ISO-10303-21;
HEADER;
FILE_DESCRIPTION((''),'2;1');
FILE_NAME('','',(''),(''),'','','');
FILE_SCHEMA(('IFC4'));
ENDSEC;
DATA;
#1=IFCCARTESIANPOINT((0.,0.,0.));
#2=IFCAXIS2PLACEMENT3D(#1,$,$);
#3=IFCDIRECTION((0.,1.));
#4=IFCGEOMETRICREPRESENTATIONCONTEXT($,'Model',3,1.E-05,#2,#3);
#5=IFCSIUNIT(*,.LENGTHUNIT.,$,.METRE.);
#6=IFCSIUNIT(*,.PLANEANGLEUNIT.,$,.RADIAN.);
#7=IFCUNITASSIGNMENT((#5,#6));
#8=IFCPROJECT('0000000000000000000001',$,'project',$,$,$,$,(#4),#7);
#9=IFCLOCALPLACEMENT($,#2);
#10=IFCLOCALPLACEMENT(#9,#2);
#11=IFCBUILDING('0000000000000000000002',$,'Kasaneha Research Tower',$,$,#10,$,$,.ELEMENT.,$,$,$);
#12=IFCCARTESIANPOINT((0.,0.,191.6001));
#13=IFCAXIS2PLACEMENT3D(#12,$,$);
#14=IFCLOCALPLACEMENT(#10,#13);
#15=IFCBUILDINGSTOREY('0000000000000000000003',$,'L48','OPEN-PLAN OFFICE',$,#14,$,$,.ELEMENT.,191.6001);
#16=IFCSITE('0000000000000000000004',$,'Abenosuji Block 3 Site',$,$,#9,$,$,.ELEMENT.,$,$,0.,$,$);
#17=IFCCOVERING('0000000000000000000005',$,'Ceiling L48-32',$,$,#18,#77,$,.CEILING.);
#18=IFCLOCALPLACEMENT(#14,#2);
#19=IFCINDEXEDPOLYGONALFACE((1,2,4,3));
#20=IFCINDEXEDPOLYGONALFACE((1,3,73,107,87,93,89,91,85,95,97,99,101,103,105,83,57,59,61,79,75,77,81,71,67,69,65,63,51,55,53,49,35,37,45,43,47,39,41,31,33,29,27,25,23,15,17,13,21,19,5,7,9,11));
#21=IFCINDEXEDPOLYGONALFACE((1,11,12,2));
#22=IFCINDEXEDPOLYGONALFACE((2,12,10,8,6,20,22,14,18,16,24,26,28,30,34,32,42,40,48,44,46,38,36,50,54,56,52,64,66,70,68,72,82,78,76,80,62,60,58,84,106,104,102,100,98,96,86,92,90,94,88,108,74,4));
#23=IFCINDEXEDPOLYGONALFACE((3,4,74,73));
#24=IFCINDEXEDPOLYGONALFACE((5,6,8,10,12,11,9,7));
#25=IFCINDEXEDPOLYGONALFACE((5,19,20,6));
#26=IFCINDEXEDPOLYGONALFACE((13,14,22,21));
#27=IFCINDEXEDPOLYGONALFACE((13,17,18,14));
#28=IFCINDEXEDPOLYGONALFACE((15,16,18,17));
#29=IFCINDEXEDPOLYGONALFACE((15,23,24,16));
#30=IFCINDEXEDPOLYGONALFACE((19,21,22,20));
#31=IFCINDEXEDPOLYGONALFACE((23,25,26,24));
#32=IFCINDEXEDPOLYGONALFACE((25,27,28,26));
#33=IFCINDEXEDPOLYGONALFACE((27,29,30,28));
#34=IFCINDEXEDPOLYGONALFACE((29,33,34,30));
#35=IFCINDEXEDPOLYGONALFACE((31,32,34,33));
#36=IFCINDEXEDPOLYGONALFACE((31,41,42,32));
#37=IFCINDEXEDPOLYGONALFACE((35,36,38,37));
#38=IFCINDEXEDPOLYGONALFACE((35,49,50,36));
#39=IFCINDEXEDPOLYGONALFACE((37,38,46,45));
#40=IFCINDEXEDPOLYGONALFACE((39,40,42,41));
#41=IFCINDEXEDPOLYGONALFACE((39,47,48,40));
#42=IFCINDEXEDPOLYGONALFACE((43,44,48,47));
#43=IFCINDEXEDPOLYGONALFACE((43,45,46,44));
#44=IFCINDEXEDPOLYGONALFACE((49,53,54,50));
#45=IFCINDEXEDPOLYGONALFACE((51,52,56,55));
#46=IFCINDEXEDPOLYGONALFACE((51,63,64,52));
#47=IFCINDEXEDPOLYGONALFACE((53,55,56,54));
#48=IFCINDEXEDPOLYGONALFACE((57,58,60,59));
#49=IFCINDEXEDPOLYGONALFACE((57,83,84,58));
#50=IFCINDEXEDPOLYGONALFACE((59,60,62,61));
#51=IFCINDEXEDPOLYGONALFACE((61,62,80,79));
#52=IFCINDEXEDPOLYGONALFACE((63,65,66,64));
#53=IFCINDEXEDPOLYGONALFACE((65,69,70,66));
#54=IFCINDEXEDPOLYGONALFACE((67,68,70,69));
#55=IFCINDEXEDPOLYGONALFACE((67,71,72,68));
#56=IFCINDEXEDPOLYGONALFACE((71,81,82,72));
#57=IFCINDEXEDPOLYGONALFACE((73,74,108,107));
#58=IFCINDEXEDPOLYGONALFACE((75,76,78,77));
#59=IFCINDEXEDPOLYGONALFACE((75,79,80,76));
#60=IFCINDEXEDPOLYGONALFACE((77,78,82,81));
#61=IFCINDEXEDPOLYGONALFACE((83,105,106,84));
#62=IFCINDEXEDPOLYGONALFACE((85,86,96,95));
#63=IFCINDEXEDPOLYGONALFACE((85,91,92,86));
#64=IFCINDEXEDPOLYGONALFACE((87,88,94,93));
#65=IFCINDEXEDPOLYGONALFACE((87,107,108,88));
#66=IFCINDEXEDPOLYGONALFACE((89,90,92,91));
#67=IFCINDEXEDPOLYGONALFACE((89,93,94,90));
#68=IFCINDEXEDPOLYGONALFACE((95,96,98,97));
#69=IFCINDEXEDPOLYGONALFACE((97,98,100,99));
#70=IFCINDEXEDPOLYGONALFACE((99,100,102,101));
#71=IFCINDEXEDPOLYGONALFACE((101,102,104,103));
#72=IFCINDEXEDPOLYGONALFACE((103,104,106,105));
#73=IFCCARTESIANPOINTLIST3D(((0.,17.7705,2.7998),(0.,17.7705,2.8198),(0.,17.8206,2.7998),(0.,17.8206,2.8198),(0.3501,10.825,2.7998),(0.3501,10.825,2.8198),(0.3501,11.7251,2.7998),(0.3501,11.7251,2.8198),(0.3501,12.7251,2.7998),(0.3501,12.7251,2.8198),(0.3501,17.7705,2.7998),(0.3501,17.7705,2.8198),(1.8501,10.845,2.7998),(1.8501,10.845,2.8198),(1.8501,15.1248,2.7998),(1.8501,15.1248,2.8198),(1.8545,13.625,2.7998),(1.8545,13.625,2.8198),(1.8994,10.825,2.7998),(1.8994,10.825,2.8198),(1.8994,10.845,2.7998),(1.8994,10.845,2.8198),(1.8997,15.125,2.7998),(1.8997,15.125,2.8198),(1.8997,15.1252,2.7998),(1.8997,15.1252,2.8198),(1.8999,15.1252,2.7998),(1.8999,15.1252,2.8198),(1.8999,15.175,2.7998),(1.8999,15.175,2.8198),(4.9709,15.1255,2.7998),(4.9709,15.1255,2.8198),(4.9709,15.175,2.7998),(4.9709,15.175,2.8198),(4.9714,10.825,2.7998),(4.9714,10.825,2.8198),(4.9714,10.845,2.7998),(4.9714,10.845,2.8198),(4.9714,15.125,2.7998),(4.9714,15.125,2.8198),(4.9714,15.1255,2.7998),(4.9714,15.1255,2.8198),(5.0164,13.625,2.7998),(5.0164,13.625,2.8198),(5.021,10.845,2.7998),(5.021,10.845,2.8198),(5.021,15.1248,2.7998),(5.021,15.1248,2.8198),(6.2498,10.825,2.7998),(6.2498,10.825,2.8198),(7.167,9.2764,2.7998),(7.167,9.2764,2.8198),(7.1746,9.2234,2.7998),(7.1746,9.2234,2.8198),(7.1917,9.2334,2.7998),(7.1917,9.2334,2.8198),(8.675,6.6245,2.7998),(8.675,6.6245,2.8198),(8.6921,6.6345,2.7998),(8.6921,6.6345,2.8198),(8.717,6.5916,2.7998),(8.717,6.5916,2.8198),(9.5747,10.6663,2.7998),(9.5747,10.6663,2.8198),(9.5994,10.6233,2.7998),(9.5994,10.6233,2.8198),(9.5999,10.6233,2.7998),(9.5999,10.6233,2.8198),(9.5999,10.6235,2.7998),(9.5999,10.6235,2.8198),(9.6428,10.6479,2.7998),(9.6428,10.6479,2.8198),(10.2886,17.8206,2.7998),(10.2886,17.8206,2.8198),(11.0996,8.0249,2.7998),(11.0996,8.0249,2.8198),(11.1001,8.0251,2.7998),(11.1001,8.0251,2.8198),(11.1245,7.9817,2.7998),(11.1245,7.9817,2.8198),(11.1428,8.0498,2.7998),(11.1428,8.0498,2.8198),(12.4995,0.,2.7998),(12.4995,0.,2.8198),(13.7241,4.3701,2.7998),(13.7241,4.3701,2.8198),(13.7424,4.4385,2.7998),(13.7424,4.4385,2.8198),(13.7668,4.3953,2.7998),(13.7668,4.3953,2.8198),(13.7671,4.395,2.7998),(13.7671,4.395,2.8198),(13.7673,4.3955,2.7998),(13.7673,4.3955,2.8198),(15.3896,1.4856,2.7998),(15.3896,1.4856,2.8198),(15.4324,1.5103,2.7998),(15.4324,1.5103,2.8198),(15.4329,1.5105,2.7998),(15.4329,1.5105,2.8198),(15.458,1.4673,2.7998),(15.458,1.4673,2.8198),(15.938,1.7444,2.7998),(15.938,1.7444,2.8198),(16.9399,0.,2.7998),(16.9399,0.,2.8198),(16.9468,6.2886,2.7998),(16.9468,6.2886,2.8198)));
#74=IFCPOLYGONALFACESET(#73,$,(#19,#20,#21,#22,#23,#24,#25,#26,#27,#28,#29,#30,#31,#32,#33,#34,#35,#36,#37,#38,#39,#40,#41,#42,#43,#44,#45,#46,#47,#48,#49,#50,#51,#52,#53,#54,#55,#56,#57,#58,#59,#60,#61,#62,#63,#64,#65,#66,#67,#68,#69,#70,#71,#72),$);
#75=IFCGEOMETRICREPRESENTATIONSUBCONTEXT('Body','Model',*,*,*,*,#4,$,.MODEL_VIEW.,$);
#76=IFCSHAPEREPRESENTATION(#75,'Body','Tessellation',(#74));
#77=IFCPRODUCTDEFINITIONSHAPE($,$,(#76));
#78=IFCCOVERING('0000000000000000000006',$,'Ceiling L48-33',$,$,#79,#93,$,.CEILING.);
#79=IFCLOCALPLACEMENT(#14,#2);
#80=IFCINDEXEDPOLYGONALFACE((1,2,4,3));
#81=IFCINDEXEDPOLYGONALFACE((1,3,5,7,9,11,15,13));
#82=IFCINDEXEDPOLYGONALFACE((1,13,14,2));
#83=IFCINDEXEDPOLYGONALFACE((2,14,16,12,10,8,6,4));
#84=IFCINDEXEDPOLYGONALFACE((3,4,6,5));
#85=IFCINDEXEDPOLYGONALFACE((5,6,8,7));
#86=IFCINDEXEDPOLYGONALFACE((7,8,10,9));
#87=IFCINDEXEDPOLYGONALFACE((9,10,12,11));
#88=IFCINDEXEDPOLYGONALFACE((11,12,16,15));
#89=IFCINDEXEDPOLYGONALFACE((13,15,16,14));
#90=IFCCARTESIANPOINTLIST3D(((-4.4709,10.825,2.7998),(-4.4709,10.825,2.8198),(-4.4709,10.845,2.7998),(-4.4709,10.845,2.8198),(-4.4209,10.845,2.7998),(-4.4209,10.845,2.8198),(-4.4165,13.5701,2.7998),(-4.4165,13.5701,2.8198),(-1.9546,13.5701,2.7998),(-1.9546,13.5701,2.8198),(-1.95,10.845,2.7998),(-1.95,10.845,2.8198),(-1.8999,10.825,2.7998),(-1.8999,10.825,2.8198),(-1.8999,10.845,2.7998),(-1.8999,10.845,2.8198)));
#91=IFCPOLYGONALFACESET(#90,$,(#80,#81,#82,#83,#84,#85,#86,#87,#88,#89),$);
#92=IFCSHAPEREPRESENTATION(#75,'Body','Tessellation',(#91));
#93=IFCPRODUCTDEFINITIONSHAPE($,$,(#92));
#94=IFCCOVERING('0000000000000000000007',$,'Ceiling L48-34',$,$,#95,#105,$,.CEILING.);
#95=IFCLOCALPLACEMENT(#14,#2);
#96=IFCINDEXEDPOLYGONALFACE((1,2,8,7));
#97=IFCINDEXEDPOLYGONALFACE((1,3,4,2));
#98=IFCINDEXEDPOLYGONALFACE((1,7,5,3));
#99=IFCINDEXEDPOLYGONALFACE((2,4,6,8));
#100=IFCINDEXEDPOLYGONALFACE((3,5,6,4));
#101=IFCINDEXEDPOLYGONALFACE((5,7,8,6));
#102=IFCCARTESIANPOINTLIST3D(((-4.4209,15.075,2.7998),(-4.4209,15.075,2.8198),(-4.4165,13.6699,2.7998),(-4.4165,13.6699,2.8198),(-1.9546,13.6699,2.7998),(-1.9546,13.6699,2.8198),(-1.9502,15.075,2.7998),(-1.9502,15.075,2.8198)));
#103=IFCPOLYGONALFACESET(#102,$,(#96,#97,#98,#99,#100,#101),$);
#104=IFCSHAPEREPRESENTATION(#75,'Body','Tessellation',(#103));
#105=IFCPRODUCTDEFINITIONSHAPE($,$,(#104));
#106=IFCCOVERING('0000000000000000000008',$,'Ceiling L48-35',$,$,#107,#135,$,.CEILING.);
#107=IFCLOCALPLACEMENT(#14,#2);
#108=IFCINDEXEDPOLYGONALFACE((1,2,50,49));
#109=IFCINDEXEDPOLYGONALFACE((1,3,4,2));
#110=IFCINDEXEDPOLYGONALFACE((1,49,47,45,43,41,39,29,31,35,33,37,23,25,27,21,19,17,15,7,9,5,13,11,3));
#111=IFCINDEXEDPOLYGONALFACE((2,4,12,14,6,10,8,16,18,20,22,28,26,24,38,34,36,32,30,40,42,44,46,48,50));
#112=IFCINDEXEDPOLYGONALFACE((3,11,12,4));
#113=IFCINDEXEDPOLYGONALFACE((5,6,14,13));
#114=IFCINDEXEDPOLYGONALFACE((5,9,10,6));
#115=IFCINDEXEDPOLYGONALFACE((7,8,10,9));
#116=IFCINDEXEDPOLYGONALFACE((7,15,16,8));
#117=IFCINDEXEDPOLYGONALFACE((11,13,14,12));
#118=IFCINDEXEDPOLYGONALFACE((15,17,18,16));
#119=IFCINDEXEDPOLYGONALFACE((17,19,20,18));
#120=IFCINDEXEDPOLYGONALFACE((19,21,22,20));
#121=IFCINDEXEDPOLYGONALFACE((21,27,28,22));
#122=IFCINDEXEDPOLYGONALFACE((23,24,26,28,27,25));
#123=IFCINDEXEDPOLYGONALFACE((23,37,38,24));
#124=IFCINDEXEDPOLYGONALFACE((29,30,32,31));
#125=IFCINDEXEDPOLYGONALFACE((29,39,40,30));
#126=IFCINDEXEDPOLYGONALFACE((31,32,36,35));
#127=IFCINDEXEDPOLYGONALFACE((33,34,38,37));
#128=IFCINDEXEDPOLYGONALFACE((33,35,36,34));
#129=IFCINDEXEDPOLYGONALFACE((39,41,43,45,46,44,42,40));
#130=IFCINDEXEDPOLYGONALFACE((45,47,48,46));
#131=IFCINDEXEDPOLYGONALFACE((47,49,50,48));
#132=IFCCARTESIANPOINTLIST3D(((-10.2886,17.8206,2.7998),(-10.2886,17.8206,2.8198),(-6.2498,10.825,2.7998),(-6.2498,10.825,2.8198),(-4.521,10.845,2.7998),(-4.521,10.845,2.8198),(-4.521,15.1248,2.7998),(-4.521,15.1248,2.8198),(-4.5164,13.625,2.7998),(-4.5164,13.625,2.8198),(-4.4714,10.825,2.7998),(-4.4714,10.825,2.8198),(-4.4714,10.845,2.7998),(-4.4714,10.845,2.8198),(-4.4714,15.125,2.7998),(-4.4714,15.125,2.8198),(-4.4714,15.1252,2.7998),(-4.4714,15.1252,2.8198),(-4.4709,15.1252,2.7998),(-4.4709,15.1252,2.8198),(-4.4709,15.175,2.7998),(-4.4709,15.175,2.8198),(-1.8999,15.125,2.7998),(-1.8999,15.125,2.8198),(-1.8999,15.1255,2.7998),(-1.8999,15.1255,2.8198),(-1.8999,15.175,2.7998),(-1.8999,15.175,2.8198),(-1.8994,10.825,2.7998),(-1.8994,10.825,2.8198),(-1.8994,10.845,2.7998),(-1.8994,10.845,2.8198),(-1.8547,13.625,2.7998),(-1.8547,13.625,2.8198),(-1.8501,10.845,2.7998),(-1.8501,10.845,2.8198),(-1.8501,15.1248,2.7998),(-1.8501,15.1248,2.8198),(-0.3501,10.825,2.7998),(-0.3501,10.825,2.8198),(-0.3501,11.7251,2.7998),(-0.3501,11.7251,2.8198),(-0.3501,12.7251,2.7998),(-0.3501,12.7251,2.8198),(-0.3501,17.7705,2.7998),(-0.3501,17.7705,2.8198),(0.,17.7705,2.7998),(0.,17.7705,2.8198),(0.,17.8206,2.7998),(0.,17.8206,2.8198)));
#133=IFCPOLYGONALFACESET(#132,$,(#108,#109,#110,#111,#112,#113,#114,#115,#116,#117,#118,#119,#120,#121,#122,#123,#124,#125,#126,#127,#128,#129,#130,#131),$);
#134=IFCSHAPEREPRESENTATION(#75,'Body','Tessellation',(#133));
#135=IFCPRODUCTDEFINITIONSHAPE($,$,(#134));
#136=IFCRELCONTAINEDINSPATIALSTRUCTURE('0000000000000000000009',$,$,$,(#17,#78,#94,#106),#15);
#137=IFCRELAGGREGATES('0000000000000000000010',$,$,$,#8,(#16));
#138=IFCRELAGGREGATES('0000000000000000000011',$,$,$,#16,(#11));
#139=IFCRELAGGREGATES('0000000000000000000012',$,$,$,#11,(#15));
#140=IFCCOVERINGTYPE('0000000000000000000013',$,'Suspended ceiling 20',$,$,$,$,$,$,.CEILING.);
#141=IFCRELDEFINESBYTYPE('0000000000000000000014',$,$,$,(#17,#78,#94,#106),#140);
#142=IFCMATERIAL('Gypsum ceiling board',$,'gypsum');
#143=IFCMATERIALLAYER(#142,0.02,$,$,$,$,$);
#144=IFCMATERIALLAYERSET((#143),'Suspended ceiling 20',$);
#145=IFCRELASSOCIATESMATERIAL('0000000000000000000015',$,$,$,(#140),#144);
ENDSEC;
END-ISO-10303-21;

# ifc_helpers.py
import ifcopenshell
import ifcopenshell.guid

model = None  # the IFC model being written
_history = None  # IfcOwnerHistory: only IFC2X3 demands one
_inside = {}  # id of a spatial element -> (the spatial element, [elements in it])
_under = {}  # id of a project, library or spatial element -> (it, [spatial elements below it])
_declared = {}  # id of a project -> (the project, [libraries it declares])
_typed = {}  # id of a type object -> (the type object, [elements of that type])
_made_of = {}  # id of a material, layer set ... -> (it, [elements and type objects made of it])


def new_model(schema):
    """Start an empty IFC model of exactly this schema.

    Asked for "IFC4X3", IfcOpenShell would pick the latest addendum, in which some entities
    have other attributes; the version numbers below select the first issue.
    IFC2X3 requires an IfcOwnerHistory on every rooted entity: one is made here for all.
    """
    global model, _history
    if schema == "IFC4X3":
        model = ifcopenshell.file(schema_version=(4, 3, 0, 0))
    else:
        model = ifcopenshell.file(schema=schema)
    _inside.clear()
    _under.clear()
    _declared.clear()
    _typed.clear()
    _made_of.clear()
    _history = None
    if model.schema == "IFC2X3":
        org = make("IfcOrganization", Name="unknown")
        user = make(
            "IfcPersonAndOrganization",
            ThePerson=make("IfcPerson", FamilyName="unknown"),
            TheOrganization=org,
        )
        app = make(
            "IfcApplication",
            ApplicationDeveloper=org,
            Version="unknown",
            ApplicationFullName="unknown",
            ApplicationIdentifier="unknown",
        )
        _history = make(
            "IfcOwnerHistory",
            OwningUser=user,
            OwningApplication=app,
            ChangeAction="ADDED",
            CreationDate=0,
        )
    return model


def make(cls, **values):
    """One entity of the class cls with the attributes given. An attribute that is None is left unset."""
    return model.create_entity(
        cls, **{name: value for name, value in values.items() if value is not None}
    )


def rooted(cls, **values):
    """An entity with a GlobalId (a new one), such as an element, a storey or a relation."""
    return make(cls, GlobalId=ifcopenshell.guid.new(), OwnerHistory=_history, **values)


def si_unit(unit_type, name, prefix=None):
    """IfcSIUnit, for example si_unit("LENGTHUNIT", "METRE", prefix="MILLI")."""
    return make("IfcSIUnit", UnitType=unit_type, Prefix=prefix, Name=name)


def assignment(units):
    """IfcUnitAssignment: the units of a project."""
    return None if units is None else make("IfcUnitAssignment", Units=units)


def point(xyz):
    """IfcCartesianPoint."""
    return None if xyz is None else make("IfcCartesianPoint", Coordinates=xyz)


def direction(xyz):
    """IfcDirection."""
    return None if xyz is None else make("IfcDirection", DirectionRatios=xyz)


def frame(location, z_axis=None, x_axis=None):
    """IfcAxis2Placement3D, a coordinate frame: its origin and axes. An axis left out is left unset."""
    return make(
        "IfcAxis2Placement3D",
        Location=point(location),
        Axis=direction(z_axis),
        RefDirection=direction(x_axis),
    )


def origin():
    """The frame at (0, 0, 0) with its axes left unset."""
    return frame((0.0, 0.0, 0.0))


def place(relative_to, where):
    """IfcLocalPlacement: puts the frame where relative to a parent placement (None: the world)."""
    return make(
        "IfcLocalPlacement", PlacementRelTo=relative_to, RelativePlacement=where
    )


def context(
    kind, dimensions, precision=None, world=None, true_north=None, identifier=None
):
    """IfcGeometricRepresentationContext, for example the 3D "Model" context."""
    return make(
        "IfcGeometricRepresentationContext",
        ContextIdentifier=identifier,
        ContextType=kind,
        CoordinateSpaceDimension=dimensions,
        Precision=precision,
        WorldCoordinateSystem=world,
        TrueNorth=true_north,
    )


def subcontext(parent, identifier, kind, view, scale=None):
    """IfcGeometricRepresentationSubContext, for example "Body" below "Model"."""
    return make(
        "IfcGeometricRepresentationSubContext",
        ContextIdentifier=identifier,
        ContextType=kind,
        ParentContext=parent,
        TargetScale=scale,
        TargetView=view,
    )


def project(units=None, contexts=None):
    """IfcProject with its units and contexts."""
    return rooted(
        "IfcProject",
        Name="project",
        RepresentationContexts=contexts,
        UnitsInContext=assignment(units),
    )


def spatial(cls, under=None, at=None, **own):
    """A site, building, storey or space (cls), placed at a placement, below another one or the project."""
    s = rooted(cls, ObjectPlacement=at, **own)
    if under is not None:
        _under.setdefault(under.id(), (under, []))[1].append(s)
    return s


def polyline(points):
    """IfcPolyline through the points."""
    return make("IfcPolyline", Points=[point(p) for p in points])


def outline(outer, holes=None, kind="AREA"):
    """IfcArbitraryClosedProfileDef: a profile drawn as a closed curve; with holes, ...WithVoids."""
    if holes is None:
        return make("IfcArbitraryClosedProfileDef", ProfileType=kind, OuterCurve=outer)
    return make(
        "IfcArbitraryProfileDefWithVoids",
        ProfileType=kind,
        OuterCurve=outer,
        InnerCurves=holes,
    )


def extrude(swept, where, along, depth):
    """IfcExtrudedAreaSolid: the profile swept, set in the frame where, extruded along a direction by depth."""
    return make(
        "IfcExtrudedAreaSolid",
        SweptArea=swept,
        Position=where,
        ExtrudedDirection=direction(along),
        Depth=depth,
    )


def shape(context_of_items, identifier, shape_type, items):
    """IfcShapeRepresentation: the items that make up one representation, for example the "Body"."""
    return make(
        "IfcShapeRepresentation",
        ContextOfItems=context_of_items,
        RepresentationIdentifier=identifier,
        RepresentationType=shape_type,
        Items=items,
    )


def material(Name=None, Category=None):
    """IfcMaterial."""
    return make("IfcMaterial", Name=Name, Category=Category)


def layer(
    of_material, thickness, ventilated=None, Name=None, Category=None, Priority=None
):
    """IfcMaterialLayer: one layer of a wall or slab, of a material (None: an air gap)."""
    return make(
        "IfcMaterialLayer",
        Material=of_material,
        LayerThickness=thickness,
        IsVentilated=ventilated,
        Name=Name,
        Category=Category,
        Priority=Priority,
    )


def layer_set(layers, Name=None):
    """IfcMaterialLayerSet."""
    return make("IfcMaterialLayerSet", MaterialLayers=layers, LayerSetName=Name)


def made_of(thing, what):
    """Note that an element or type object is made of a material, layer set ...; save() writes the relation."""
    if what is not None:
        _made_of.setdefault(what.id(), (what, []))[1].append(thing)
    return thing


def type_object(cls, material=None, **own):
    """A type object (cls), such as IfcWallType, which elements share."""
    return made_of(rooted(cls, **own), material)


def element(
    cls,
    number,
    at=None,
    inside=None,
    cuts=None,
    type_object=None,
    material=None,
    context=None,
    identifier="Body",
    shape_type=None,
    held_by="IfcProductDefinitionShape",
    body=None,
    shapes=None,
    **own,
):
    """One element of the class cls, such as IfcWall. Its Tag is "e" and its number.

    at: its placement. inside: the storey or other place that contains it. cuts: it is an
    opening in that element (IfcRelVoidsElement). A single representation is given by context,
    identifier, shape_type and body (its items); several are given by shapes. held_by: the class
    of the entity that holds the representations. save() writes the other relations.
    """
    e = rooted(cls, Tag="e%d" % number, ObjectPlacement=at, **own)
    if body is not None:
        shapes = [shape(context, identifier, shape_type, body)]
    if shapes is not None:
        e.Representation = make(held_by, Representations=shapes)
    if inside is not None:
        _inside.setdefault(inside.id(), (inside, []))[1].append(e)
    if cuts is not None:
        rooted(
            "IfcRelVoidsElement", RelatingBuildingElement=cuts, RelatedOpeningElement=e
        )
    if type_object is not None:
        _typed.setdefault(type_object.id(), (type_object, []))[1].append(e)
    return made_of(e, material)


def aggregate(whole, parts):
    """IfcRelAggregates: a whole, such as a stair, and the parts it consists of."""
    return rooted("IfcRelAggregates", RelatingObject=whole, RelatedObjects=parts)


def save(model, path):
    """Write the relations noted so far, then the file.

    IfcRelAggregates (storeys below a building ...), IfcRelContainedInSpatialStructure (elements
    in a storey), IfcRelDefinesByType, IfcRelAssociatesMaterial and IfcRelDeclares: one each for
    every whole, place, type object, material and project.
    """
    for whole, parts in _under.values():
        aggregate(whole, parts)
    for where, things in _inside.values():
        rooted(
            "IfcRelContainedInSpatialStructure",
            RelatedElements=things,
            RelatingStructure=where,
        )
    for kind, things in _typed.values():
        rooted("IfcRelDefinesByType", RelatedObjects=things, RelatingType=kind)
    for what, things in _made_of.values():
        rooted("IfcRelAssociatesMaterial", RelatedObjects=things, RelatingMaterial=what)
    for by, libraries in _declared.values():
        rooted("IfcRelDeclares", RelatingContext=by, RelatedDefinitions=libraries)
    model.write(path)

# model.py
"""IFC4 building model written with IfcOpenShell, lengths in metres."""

from ifc_helpers import new_model, si_unit, direction, frame, origin, place, context, subcontext, project, spatial, polyline, outline, extrude, material, layer, layer_set, type_object, element, save


model = new_model("IFC4")

# Units and contexts
model_context = context("Model", 3, precision=1e-05, world=origin(), true_north=direction((0.0, 1.0)))
body_context = subcontext(model_context, "Body", "Model", "MODEL_VIEW")
ifc_project = project(units=[si_unit("LENGTHUNIT", "METRE"), si_unit("PLANEANGLEUNIT", "RADIAN")], contexts=[model_context])

# Site, building, storey
site_placement = place(None, origin())
site = spatial("IfcSite", under=ifc_project, at=site_placement, Name="Abenosuji Block 3 Site", CompositionType="ELEMENT", RefElevation=0.0)
building_placement = place(site_placement, origin())
building = spatial("IfcBuilding", under=site, at=building_placement, Name="Kasaneha Research Tower", CompositionType="ELEMENT")
storey_placement = place(building_placement, frame((0.0, 0.0, 191.6001)))
storey = spatial("IfcBuildingStorey", under=building, at=storey_placement, Name="L48", Description="OPEN-PLAN OFFICE", CompositionType="ELEMENT", Elevation=191.6001)

# Coverings
ifc_material_1 = material(Name="Gypsum ceiling board", Category="gypsum")
ifc_layer_1 = layer(ifc_material_1, 0.02)
ifc_layer_set_1 = layer_set([ifc_layer_1], Name="Suspended ceiling 20")
covering_type = type_object("IfcCoveringType", Name="Suspended ceiling 20", PredefinedType="CEILING", material=ifc_layer_set_1)
covering_1_placement = place(storey_placement, frame((0.0, 0.0, 2.7998)))
element("IfcCovering", 1, at=covering_1_placement, inside=storey, type_object=covering_type, Name="Ceiling L48-32", PredefinedType="CEILING", context=body_context, shape_type="SweptSolid", body=[
    extrude(outline(polyline([(8.6921, 6.6345), (8.717, 6.5916), (11.1245, 7.9817), (11.0996, 8.0249), (11.1001, 8.0251), (11.1001, 8.0251), (11.1428, 8.0498), (9.6428, 10.6479), (9.5999, 10.6233), (9.5999, 10.6235), (9.5994, 10.6233), (9.5747, 10.6663), (7.167, 9.2764), (7.1917, 9.2334), (7.1746, 9.2234), (6.2498, 10.825), (4.9714, 10.825), (4.9714, 10.845), (5.021, 10.845), (5.0164, 13.625), (5.021, 15.1248), (4.9714, 15.125), (4.9714, 15.1255), (4.9709, 15.1255), (4.9709, 15.175), (1.8999, 15.175), (1.8999, 15.1252), (1.8997, 15.1252), (1.8997, 15.125), (1.8501, 15.1248), (1.8545, 13.625), (1.8501, 10.845), (1.8994, 10.845), (1.8994, 10.825), (0.3501, 10.825), (0.3501, 11.7251), (0.3501, 12.7251), (0.3501, 17.7705), (0.3501, 17.7705), (0.0, 17.7705), (0.0, 17.8206), (10.2886, 17.8206), (16.9468, 6.2886), (13.7424, 4.4385), (13.7673, 4.3955), (13.7668, 4.3953), (13.7671, 4.395), (13.7241, 4.3701), (15.3896, 1.4856), (15.4324, 1.5103), (15.4324, 1.5103), (15.4329, 1.5105), (15.458, 1.4673), (15.938, 1.7444), (16.9399, 0.0), (12.4995, 0.0), (8.675, 6.6245), (8.6921, 6.6345)])), origin(), (0.0, 0.0, 1.0), 0.02),
])
covering_2_placement = place(storey_placement, frame((0.0, 0.0, 2.7998)))
element("IfcCovering", 2, at=covering_2_placement, inside=storey, type_object=covering_type, Name="Ceiling L48-33", PredefinedType="CEILING", context=body_context, shape_type="SweptSolid", body=[
    extrude(outline(polyline([(-4.4709, 10.825), (-4.4709, 10.845), (-4.4209, 10.845), (-4.4165, 13.5701), (-1.9546, 13.5701), (-1.95, 10.845), (-1.8999, 10.845), (-1.8999, 10.825), (-4.4709, 10.825)])), origin(), (0.0, 0.0, 1.0), 0.02),
])
covering_3_placement = place(storey_placement, frame((0.0, 0.0, 2.7998)))
element("IfcCovering", 3, at=covering_3_placement, inside=storey, type_object=covering_type, Name="Ceiling L48-34", PredefinedType="CEILING", context=body_context, shape_type="SweptSolid", body=[
    extrude(outline(polyline([(-1.9546, 13.6699), (-4.4165, 13.6699), (-4.4209, 15.075), (-1.9502, 15.075), (-1.9546, 13.6699)])), origin(), (0.0, 0.0, 1.0), 0.02),
])
covering_4_placement = place(storey_placement, frame((0.0, 0.0, 2.7998)))
element("IfcCovering", 4, at=covering_4_placement, inside=storey, type_object=covering_type, Name="Ceiling L48-35", PredefinedType="CEILING", context=body_context, shape_type="SweptSolid", body=[
    extrude(outline(polyline([(-0.3501, 11.7251), (-0.3501, 10.825), (-1.8994, 10.825), (-1.8994, 10.845), (-1.8501, 10.845), (-1.8547, 13.625), (-1.8501, 15.1248), (-1.8999, 15.125), (-1.8999, 15.1255), (-1.8999, 15.175), (-4.4709, 15.175), (-4.4709, 15.1252), (-4.4714, 15.1252), (-4.4714, 15.125), (-4.521, 15.1248), (-4.5164, 13.625), (-4.521, 10.845), (-4.4714, 10.845), (-4.4714, 10.825), (-6.2498, 10.825), (-10.2886, 17.8206), (0.0, 17.8206), (0.0, 17.7705), (-0.3501, 17.7705), (-0.3501, 17.7705), (-0.3501, 12.7251), (-0.3501, 11.7251)])), origin(), (0.0, 0.0, 1.0), 0.02),
])

save(model, "model.ifc")
